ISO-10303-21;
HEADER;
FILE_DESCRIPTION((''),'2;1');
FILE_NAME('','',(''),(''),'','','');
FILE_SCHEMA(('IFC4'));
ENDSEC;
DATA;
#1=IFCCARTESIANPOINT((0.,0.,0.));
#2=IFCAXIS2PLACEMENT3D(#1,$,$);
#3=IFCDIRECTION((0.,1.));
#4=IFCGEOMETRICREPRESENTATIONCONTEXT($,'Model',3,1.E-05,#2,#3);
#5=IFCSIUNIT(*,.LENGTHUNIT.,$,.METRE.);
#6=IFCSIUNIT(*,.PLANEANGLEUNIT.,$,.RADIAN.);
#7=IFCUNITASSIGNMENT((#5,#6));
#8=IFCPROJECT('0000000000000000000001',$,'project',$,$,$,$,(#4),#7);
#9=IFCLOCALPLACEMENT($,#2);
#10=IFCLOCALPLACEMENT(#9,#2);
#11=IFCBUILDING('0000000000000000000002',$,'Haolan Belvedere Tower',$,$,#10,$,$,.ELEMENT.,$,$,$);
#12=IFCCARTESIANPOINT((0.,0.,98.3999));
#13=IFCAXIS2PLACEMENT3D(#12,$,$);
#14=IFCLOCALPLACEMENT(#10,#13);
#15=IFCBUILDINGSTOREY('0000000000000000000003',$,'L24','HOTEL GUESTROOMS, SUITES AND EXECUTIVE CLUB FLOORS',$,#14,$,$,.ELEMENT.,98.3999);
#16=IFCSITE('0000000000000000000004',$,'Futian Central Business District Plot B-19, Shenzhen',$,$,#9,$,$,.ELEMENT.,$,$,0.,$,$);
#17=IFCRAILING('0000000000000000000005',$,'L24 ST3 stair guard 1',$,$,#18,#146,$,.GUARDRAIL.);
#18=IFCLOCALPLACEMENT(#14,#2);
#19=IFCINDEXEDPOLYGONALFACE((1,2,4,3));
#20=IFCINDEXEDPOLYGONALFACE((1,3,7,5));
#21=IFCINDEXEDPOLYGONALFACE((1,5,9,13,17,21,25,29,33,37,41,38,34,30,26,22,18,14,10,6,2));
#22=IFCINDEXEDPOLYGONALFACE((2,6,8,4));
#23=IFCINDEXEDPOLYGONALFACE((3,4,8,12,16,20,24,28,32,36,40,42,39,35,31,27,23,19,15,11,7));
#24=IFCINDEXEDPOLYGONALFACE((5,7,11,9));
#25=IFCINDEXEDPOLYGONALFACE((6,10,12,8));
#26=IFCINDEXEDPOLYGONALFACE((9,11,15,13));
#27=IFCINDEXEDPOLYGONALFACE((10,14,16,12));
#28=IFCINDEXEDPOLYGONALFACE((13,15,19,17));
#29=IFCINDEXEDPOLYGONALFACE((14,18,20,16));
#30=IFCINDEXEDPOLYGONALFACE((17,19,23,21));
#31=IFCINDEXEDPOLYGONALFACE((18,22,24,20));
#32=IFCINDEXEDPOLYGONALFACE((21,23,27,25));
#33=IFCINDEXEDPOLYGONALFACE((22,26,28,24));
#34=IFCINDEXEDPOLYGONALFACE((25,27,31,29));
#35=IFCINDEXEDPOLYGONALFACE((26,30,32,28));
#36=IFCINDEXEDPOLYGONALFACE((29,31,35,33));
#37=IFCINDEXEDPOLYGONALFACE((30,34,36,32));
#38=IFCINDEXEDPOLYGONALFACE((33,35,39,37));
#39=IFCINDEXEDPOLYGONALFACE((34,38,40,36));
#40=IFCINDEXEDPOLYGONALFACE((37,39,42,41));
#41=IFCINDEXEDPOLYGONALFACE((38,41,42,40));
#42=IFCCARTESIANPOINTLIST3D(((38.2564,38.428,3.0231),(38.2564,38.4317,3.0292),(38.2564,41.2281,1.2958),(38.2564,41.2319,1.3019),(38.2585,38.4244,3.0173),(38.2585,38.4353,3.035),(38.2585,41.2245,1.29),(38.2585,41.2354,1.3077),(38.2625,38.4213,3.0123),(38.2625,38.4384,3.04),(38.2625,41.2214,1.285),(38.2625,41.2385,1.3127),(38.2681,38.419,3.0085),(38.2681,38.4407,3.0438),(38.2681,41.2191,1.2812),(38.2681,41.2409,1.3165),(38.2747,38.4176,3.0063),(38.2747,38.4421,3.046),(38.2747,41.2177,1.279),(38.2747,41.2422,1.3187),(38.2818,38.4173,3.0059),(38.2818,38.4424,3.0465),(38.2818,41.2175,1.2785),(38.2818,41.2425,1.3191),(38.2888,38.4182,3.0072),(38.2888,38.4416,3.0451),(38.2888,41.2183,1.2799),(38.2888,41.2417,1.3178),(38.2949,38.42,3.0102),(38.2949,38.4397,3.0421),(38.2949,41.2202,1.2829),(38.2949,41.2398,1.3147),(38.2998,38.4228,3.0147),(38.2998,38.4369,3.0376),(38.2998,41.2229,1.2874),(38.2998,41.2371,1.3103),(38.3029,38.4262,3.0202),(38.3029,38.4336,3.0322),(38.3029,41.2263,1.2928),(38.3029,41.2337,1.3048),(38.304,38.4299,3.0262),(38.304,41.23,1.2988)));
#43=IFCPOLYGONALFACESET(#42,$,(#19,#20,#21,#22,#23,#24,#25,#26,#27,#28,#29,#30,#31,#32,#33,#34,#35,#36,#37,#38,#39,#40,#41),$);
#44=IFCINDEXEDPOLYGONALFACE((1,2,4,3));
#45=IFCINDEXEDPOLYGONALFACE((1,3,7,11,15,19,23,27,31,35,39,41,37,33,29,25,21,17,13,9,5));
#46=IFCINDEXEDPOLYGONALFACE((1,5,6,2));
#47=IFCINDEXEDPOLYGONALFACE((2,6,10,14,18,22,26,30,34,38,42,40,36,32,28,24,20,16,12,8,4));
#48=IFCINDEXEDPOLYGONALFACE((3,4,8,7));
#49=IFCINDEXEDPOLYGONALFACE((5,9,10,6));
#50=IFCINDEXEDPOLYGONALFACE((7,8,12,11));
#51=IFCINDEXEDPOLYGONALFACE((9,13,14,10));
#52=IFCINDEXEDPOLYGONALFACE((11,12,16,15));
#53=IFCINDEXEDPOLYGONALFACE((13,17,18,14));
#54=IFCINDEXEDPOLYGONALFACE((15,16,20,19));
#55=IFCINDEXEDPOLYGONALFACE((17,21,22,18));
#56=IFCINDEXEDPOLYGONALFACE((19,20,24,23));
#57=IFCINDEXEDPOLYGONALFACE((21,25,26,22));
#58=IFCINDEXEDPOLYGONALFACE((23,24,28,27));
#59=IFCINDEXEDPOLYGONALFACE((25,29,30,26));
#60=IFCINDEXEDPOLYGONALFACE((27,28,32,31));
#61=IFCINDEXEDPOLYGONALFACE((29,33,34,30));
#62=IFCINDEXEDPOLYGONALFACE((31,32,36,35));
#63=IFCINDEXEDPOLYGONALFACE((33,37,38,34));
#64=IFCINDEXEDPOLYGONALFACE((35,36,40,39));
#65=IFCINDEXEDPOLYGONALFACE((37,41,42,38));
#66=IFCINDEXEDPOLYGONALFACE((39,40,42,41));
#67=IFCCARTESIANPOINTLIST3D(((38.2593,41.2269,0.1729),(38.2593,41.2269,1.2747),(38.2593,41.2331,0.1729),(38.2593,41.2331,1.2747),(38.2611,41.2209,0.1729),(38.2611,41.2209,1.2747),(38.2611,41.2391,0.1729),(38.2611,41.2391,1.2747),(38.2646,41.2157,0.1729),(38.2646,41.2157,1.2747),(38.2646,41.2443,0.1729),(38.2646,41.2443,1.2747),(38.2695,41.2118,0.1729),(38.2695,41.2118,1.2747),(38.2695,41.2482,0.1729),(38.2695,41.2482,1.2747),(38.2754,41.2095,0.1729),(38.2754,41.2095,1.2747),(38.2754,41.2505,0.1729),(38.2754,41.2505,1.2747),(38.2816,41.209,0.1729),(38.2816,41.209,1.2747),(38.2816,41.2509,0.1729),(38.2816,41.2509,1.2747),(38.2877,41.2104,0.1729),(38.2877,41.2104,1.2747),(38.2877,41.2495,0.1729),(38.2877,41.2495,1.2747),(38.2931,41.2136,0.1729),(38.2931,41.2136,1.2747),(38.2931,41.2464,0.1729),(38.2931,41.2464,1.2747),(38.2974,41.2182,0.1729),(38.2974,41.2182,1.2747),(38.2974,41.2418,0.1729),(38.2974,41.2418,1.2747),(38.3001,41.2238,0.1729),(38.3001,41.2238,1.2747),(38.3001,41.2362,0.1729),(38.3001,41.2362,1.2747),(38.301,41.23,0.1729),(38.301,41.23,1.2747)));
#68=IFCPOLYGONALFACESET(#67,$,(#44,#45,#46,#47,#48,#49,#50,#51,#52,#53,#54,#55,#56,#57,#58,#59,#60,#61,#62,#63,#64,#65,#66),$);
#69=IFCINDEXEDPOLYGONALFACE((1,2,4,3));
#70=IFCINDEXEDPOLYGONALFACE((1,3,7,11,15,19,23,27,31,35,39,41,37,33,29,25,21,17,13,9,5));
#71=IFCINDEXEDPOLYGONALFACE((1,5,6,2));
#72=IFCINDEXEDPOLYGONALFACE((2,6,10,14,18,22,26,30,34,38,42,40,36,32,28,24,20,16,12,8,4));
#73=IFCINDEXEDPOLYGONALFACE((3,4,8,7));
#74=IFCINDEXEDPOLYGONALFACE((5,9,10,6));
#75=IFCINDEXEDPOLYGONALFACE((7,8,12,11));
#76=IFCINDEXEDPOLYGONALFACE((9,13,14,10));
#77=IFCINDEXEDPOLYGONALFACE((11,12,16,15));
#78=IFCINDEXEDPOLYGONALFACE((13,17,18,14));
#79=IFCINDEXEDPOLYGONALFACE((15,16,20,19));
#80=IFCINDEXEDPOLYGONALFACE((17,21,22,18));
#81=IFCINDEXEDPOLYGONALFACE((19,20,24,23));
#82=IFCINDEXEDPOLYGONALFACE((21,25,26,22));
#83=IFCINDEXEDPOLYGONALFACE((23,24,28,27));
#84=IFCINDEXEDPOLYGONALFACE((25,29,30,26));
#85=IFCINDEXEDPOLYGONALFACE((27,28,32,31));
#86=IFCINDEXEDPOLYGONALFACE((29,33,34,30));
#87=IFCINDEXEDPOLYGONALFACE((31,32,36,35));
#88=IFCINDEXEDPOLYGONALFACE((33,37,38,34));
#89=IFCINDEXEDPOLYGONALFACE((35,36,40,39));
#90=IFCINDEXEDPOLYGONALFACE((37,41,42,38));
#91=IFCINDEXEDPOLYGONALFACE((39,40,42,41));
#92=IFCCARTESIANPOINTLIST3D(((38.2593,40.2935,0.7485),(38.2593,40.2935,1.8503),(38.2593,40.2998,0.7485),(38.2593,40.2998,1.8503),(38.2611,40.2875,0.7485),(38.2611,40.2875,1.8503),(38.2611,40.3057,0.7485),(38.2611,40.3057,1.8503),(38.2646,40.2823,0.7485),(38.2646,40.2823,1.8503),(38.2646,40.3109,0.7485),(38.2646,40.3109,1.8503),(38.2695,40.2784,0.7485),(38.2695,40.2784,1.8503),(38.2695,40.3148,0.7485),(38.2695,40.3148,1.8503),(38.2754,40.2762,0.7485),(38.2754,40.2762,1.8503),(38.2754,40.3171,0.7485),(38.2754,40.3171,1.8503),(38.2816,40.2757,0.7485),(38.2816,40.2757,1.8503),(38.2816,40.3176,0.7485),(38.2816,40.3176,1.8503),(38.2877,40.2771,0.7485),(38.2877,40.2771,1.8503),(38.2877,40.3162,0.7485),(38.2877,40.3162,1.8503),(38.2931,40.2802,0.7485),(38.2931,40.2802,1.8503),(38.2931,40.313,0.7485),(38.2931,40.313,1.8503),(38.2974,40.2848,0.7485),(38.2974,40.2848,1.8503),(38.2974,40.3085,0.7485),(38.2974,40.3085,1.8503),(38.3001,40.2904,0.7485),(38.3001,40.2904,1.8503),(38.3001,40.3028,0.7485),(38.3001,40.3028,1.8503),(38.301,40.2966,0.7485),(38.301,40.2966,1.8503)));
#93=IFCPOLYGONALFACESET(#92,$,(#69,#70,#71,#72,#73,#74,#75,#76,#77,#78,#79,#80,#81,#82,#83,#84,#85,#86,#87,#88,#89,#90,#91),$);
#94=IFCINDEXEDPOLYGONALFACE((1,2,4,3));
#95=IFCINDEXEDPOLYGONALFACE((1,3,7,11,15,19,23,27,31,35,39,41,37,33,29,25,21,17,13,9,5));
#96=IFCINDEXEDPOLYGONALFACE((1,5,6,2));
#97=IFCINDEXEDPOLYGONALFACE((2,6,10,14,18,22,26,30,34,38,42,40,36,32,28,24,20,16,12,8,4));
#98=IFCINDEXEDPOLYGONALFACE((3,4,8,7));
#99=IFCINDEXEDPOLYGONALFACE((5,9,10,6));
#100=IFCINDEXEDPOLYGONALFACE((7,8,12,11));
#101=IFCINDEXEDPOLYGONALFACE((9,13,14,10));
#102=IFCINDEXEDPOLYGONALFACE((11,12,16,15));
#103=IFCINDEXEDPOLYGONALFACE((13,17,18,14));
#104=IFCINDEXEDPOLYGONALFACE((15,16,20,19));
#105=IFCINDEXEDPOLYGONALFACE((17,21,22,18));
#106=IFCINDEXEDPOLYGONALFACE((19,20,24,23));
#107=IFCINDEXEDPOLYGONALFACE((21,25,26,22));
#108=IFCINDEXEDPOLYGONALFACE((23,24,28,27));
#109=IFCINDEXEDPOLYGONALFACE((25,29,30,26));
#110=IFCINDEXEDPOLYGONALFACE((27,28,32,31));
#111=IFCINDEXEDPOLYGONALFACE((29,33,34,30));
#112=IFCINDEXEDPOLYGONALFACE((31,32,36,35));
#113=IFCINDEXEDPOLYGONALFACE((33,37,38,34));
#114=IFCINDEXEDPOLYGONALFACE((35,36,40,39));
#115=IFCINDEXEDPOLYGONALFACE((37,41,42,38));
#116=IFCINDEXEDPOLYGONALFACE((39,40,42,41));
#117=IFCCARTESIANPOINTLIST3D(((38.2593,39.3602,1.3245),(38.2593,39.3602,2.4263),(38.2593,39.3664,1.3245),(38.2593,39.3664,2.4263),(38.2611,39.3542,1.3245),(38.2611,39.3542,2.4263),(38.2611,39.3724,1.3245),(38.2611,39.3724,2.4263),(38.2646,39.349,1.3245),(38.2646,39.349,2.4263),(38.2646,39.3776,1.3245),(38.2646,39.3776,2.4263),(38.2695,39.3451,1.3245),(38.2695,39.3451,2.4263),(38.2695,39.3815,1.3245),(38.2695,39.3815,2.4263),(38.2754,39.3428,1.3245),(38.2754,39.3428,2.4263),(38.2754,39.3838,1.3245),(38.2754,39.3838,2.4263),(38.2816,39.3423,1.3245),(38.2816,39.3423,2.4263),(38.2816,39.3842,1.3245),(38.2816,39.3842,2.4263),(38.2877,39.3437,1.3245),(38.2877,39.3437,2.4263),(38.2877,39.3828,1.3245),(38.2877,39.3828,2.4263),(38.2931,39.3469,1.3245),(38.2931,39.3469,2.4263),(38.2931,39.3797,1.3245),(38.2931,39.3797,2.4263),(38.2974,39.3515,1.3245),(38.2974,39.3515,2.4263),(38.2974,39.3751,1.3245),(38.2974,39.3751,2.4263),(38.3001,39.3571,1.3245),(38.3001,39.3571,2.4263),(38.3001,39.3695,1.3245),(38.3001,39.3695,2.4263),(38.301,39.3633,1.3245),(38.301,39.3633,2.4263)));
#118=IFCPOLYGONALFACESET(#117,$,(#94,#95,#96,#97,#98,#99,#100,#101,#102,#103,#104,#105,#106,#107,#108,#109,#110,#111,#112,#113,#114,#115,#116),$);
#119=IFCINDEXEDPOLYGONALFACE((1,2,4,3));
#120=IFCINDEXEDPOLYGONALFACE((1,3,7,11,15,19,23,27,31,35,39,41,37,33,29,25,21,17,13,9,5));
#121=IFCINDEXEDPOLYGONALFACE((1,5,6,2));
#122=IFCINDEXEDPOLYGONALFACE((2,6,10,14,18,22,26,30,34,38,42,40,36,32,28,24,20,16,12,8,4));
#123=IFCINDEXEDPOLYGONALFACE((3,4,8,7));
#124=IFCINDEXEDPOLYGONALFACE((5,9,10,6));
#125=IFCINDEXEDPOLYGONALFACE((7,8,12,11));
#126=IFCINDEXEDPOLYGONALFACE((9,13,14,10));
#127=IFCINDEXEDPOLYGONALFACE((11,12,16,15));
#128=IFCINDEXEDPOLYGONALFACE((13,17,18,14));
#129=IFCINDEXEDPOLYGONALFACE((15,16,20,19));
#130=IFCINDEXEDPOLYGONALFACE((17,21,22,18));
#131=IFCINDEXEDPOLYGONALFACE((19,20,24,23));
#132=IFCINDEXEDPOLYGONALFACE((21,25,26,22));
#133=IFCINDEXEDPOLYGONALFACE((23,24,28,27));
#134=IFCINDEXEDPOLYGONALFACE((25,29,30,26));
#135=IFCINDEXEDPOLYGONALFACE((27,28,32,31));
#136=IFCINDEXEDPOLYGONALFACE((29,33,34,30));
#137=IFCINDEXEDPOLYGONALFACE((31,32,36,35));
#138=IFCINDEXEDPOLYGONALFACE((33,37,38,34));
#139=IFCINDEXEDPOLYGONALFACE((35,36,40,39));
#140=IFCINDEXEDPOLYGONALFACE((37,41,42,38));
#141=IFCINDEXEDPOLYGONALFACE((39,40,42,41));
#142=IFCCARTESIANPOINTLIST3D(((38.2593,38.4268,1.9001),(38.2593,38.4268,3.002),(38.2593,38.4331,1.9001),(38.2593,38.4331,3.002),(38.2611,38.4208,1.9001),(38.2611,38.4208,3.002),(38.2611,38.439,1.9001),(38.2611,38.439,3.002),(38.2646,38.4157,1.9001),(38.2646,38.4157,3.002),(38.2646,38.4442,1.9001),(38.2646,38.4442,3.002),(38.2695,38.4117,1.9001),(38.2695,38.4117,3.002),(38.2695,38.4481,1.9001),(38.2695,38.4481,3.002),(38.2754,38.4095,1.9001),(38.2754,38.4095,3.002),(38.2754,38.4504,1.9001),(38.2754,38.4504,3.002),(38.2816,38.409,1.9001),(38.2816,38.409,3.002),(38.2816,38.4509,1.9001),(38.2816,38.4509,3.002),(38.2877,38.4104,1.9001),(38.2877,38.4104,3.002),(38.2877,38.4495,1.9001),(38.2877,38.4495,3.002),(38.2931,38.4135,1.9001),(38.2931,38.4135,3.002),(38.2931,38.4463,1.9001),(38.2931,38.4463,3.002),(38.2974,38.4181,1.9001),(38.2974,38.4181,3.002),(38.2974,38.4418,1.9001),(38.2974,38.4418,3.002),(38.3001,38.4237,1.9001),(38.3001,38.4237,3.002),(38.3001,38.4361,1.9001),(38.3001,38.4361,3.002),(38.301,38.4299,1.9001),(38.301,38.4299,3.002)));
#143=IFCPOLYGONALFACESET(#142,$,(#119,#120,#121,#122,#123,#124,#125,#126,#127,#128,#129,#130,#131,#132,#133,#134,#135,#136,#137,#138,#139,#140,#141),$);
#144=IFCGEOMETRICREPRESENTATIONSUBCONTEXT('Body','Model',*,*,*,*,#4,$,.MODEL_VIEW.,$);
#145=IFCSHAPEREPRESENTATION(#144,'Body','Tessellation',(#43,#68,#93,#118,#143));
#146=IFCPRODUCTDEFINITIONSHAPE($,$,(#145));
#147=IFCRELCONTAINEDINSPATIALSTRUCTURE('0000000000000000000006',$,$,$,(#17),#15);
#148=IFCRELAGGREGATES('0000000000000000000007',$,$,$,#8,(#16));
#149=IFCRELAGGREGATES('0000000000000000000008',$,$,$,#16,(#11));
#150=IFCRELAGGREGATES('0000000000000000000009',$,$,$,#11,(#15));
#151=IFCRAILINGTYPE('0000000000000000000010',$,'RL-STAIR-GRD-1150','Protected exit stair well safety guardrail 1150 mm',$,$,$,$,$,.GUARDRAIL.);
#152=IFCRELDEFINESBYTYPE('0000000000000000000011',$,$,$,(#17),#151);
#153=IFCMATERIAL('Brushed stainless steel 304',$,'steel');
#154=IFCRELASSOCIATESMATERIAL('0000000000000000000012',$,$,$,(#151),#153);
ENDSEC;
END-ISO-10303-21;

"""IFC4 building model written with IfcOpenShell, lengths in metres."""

from ifc_helpers import new_model, si_unit, direction, frame, origin, origin_2d, place, context, subcontext, project, spatial, circle, extrude, material, type_object, element, save


model = new_model("IFC4")

# Units and contexts
model_context = context("Model", 3, precision=1e-05, world=origin(), true_north=direction((0.0, 1.0)))
body_context = subcontext(model_context, "Body", "Model", "MODEL_VIEW")
ifc_project = project(units=[si_unit("LENGTHUNIT", "METRE"), si_unit("PLANEANGLEUNIT", "RADIAN")], contexts=[model_context])

# Site, building, storey
site_placement = place(None, origin())
site = spatial("IfcSite", under=ifc_project, at=site_placement, Name="Futian Central Business District Plot B-19, Shenzhen", CompositionType="ELEMENT", RefElevation=0.0)
building_placement = place(site_placement, origin())
building = spatial("IfcBuilding", under=site, at=building_placement, Name="Haolan Belvedere Tower", CompositionType="ELEMENT")
storey_placement = place(building_placement, frame((0.0, 0.0, 98.3999)))
storey = spatial("IfcBuildingStorey", under=building, at=storey_placement, Name="L24", Description="HOTEL GUESTROOMS, SUITES AND EXECUTIVE CLUB FLOORS", CompositionType="ELEMENT", Elevation=98.3999)

# Railing
ifc_material_1 = material(Name="Brushed stainless steel 304", Category="steel")
railing_type_1 = type_object("IfcRailingType", Name="RL-STAIR-GRD-1150", Description="Protected exit stair well safety guardrail 1150 mm", PredefinedType="GUARDRAIL", material=ifc_material_1)
railing_1_placement = place(storey_placement, frame((38.28, 41.23, 0.1729)))
element("IfcRailing", 1, at=railing_1_placement, inside=storey, type_object=railing_type_1, Name="L24 ST3 stair guard 1", PredefinedType="GUARDRAIL", context=body_context, shape_type="SweptSolid", body=[
    extrude(circle(Radius=0.0239, at=origin_2d()), frame((0.0, 0.0, 1.126), z_axis=(0.0, -0.85109, 0.52502), x_axis=(1.0, 0.0, 0.0)), (0.0, 0.0, 1.0), 3.29),
    extrude(circle(Radius=0.021, at=origin_2d()), origin(), (0.0, 0.0, 1.0), 1.1018),
    extrude(circle(Radius=0.021, at=origin_2d()), frame((0.0, -0.9333, 0.5757)), (0.0, 0.0, 1.0), 1.1018),
    extrude(circle(Radius=0.021, at=origin_2d()), frame((0.0, -1.8667, 1.1516)), (0.0, 0.0, 1.0), 1.1018),
    extrude(circle(Radius=0.021, at=origin_2d()), frame((0.0, -2.8, 1.7273)), (0.0, 0.0, 1.0), 1.1018),
])

save(model, "model.ifc")
